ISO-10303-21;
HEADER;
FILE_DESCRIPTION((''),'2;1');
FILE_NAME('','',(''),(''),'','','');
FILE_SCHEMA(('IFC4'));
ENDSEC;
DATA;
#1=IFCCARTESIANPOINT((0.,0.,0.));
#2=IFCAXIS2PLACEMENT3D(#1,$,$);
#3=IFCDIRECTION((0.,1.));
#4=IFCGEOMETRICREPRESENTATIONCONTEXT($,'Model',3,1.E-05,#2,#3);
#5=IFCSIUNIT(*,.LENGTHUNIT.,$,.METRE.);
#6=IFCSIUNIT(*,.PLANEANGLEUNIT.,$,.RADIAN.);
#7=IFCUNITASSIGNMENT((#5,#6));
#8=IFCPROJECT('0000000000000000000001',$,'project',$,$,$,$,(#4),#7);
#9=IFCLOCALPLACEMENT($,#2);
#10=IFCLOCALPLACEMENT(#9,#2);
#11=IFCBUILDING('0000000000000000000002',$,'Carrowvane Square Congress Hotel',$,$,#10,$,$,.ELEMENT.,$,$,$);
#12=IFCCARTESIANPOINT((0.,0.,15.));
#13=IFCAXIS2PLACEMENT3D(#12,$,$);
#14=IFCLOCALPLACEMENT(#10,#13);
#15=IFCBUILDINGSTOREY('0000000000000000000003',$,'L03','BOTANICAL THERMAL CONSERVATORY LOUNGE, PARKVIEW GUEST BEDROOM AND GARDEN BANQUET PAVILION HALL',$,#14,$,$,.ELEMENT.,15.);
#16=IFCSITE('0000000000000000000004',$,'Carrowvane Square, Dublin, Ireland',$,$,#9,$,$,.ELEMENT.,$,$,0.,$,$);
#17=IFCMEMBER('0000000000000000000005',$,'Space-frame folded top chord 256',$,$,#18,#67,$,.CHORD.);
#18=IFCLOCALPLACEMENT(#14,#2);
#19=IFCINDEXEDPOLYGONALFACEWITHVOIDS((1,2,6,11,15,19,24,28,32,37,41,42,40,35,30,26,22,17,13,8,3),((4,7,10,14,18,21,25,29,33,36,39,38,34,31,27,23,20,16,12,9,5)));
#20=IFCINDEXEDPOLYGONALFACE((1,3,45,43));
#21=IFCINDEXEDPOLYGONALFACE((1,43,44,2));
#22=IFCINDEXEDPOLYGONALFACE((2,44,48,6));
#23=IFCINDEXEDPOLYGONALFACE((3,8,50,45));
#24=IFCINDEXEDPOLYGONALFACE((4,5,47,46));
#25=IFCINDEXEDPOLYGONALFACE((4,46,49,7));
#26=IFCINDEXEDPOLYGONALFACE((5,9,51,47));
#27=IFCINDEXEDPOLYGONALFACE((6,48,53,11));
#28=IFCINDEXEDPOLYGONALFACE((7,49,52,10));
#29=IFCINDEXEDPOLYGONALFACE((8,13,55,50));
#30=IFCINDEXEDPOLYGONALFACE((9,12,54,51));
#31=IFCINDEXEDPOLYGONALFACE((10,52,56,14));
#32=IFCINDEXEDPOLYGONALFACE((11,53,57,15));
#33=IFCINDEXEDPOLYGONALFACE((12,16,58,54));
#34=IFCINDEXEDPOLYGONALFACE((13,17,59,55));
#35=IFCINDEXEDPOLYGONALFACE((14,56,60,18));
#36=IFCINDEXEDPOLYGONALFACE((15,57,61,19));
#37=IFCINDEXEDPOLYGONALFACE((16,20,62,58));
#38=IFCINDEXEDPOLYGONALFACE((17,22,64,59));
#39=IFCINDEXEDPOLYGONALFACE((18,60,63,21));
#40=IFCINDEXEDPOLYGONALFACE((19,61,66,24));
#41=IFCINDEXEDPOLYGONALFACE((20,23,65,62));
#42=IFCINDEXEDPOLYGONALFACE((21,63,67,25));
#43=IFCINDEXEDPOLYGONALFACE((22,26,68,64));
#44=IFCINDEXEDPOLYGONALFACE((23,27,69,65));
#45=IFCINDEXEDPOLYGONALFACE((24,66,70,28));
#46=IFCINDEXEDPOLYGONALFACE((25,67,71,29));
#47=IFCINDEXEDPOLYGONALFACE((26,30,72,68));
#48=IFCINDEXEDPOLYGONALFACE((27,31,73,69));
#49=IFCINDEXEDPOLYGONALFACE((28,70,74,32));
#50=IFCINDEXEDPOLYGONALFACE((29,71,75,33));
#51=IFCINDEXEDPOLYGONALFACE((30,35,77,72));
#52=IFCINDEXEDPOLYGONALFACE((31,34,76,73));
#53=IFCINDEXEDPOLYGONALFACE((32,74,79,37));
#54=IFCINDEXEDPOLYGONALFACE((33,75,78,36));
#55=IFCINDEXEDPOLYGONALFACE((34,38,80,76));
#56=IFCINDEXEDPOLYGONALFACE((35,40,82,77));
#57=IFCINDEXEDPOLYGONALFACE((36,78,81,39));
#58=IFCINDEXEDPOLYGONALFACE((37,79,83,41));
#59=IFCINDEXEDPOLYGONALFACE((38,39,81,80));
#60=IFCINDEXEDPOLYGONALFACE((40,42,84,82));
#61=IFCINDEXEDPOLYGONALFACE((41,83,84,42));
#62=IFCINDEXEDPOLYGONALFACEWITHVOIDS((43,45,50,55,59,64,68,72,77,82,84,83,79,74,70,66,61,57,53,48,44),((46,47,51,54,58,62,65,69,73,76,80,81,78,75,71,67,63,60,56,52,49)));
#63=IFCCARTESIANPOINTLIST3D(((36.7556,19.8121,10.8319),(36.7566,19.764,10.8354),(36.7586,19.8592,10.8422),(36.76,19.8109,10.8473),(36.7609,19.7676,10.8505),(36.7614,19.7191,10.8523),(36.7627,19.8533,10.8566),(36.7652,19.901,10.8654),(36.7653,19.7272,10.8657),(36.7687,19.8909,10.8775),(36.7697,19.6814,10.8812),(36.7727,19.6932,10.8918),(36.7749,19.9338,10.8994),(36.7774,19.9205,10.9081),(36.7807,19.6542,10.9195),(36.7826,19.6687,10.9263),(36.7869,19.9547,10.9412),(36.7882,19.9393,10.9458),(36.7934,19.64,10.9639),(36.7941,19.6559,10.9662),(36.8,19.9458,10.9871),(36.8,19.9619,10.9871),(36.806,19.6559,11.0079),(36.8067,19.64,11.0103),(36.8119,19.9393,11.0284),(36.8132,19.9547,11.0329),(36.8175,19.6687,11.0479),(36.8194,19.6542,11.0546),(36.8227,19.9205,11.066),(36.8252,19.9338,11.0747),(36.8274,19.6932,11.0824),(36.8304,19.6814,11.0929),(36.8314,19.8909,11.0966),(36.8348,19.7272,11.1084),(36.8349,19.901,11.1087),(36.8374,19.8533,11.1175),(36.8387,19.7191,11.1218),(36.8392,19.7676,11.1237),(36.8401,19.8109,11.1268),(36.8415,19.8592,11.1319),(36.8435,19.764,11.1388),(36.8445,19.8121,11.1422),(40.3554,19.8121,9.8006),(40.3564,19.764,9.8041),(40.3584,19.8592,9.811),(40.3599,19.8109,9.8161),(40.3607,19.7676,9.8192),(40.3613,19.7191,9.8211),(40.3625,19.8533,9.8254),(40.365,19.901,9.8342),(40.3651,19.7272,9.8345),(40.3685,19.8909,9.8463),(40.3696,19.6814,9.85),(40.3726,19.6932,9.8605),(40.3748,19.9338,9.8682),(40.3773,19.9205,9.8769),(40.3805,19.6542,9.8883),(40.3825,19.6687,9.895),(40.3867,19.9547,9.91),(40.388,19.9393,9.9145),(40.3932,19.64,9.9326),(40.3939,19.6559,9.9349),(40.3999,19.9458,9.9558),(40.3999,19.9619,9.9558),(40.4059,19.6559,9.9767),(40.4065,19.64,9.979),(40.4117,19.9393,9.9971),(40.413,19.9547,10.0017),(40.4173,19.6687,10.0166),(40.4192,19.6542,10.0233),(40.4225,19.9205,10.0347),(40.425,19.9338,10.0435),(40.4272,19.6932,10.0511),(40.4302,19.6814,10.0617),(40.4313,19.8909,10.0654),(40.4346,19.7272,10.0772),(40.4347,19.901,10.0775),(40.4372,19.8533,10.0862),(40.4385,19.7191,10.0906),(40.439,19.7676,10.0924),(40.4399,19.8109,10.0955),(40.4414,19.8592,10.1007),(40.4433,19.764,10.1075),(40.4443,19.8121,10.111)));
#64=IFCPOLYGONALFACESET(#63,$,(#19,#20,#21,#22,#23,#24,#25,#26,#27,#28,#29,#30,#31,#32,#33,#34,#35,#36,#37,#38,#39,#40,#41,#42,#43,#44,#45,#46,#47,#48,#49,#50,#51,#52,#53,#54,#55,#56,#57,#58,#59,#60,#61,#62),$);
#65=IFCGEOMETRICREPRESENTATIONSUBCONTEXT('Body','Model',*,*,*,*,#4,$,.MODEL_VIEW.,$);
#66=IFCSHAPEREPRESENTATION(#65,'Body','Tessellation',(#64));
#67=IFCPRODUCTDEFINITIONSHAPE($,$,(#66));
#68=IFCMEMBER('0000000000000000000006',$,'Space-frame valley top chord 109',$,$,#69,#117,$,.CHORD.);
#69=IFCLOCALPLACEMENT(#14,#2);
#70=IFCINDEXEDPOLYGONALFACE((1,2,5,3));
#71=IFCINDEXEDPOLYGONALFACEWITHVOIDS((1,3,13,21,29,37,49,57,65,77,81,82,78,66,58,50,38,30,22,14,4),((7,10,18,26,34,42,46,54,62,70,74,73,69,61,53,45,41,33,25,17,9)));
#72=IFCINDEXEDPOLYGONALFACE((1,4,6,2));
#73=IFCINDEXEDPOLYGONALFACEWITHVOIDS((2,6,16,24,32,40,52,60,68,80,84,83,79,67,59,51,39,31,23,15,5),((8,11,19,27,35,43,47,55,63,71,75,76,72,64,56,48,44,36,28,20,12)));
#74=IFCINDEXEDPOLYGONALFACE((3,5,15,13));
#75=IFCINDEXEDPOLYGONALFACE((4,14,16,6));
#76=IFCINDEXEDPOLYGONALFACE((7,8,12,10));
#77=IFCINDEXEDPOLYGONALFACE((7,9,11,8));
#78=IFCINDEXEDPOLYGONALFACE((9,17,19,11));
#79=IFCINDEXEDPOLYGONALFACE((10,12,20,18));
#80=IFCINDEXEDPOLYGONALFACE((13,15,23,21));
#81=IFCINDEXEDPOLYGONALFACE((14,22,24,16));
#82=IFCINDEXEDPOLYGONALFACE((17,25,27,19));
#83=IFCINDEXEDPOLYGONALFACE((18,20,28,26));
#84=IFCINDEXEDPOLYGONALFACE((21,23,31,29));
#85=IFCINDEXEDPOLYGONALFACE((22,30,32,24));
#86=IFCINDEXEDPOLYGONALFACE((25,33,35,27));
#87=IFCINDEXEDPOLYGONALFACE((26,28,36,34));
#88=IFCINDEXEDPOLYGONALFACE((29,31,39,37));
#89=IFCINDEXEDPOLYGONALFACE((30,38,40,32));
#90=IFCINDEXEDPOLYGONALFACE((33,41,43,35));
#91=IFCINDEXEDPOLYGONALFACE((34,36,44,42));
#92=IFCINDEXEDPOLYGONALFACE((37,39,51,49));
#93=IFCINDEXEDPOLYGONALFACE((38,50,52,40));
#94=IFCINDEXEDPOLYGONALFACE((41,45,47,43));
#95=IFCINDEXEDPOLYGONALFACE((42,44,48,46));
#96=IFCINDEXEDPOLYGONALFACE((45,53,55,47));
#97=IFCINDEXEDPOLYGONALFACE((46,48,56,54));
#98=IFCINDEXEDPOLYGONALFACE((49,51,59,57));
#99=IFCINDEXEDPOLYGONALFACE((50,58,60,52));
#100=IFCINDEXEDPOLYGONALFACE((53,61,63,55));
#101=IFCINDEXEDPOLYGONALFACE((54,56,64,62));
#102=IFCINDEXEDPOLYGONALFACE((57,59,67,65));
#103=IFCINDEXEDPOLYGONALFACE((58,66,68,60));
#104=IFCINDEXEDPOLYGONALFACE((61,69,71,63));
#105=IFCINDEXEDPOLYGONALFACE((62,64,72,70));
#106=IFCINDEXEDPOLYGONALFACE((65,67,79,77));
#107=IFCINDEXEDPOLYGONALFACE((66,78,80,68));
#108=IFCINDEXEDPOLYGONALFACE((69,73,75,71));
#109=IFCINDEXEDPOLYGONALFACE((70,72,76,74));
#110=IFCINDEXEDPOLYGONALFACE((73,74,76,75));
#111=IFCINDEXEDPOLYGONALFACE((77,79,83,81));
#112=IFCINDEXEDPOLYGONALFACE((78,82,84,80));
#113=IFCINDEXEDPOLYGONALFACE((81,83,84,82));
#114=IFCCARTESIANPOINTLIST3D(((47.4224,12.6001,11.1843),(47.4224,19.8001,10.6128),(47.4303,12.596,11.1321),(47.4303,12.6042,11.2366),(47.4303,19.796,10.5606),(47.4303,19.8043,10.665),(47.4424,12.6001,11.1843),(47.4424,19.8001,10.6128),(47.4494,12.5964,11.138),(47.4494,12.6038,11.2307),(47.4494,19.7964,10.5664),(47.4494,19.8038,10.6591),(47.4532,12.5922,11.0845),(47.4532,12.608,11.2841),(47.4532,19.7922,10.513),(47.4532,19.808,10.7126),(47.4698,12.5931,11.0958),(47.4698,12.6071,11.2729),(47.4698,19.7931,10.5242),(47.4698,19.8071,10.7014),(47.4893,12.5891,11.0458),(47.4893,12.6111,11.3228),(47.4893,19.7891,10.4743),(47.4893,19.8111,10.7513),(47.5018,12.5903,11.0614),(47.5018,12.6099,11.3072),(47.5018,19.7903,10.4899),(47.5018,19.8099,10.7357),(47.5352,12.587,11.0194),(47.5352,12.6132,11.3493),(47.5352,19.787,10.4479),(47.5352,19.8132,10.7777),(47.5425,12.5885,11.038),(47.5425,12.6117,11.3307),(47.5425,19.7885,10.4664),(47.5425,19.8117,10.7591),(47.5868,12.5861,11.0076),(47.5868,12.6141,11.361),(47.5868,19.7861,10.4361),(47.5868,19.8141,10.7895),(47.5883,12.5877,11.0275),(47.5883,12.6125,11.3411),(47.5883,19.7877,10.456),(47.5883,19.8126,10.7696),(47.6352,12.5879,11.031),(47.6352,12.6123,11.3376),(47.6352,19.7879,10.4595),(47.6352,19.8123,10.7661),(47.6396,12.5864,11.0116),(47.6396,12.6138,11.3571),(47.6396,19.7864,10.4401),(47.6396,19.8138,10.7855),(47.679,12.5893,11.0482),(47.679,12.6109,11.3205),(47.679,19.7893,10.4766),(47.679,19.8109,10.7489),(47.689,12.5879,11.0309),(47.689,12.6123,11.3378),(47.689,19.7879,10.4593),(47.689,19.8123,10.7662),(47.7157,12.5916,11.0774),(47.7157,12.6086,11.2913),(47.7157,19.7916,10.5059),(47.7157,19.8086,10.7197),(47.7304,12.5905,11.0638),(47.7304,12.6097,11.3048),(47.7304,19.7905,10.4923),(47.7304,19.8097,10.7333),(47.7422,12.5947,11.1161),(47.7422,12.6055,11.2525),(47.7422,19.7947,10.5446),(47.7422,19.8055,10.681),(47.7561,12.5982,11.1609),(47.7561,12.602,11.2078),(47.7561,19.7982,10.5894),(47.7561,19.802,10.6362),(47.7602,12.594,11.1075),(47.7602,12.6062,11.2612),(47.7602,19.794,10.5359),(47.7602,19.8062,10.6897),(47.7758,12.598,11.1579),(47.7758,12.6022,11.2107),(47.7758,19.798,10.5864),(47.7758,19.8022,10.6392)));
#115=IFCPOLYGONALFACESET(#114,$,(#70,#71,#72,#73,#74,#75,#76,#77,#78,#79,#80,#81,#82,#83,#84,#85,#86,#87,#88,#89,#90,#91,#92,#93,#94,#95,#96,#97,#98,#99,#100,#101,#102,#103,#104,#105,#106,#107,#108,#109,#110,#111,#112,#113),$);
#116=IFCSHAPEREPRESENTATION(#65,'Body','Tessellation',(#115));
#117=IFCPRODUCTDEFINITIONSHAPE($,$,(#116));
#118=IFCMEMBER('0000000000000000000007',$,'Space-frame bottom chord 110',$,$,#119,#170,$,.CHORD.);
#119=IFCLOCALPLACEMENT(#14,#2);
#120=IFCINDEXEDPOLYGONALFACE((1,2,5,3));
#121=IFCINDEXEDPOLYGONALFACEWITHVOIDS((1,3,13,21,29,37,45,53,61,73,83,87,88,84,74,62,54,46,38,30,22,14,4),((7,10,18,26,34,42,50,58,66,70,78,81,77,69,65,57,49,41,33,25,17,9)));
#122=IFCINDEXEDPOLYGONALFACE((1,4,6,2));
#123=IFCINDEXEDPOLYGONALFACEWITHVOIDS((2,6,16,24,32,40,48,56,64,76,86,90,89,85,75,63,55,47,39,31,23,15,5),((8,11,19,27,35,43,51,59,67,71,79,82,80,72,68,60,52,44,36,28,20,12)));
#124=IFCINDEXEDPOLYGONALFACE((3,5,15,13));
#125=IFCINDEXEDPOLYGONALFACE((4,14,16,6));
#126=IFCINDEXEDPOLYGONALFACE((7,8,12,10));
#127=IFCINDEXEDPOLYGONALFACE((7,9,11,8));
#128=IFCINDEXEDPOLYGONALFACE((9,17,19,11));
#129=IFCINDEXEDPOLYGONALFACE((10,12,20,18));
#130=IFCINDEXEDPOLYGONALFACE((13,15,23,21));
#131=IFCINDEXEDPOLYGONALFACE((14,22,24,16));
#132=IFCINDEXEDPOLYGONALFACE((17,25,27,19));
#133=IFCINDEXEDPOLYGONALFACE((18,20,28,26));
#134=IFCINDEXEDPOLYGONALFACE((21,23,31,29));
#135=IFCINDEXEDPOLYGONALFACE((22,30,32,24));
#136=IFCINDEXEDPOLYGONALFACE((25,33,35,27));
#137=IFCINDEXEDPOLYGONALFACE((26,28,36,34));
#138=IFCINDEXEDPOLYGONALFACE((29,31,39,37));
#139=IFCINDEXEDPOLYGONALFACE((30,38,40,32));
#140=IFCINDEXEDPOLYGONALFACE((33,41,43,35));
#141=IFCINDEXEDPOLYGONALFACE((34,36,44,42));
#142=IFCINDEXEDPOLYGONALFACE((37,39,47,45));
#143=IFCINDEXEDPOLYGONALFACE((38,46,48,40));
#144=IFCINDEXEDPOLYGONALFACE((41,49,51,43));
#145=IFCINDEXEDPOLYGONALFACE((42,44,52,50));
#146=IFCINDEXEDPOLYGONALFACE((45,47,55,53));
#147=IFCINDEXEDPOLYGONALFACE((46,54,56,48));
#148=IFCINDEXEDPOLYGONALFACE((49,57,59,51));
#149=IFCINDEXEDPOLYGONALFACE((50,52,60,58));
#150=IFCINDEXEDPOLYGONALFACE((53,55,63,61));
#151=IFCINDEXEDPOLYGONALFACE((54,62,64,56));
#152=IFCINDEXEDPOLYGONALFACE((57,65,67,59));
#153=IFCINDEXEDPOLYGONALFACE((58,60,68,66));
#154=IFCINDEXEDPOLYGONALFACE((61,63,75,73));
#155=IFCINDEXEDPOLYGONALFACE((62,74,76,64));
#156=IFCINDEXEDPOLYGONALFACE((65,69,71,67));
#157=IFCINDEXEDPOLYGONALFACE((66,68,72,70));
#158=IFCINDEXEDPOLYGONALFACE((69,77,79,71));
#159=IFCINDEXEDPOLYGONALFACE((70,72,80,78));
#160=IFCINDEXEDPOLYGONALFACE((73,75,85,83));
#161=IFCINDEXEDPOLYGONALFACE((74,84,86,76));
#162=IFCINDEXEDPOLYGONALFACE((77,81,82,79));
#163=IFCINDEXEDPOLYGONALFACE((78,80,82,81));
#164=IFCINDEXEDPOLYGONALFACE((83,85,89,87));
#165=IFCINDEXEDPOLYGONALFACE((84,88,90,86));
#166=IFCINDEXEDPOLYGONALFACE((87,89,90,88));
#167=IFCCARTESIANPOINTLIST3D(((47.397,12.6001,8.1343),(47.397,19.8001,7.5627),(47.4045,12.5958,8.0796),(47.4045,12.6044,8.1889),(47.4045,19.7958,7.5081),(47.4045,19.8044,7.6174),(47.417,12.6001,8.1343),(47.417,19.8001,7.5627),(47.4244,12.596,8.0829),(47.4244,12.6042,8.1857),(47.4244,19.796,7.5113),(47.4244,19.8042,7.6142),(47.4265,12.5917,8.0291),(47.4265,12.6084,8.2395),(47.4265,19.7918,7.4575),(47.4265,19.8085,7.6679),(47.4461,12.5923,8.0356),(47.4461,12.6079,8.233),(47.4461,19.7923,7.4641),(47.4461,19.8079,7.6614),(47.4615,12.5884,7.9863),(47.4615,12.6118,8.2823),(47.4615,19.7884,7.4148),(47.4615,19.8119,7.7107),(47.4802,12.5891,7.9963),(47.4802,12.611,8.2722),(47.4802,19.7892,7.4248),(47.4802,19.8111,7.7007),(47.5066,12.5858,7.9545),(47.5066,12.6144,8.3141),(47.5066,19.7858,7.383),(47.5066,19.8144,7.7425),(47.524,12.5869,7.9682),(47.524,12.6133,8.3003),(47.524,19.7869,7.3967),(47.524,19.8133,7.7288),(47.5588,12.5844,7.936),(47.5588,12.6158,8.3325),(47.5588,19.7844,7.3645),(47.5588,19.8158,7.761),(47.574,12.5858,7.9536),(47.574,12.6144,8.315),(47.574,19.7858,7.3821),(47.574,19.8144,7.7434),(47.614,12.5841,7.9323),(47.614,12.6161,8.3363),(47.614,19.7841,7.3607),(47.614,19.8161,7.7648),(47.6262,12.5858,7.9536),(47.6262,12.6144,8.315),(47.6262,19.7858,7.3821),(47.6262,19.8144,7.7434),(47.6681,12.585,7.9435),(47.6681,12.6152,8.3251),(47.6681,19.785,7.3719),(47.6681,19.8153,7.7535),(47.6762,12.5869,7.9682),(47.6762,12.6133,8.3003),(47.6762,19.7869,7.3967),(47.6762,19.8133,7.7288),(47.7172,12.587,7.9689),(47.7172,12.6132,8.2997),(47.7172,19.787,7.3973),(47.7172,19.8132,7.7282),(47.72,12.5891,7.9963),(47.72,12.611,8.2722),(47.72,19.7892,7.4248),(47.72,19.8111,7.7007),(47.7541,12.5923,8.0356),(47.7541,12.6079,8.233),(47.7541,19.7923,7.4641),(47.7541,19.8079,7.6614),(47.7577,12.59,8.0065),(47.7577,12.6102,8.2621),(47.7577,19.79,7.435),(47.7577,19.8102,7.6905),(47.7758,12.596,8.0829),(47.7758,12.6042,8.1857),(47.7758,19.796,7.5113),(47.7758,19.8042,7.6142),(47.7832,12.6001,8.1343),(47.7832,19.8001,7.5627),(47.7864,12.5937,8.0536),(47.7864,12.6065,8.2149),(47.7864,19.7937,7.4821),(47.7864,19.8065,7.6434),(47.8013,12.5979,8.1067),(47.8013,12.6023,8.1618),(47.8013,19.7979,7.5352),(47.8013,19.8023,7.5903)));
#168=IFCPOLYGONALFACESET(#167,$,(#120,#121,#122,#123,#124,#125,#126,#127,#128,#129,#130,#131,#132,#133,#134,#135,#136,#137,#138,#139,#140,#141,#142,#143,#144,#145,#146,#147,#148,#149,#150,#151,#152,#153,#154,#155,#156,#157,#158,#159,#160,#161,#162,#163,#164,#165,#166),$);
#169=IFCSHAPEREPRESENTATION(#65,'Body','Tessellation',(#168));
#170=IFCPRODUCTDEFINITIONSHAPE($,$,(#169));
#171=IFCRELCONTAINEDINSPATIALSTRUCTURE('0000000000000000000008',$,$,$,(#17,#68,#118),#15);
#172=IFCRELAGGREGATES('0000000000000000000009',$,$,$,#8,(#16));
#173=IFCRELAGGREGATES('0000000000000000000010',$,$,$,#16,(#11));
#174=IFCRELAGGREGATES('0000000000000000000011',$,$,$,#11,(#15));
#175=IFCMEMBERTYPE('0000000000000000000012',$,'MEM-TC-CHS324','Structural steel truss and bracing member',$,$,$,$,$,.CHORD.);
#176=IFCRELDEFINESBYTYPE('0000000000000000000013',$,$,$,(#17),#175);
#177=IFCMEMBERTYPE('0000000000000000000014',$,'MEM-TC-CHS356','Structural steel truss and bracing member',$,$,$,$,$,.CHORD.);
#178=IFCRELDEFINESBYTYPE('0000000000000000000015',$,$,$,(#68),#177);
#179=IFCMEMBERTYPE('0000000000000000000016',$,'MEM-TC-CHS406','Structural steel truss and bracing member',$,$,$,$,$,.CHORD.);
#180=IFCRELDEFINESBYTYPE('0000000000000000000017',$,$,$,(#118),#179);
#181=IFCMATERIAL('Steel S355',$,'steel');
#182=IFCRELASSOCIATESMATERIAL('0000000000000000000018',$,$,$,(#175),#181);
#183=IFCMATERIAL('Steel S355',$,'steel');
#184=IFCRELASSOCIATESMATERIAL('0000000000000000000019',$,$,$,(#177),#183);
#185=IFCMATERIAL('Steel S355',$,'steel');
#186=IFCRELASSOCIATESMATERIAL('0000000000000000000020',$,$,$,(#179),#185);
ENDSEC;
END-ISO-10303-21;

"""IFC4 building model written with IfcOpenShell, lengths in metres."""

from ifc_helpers import new_model, si_unit, direction, frame, origin, origin_2d, place, context, subcontext, project, spatial, hollow_circle, extrude, material, material_profile, profile_set, type_object, element, save


model = new_model("IFC4")

# Units and contexts
model_context = context("Model", 3, precision=1e-05, world=origin(), true_north=direction((0.0, 1.0)))
body_context = subcontext(model_context, "Body", "Model", "MODEL_VIEW")
ifc_project = project(units=[si_unit("LENGTHUNIT", "METRE"), si_unit("PLANEANGLEUNIT", "RADIAN")], contexts=[model_context])

# Site, building, storey
site_placement = place(None, origin())
site = spatial("IfcSite", under=ifc_project, at=site_placement, Name="Carrowvane Square, Dublin, Ireland", CompositionType="ELEMENT", RefElevation=0.0)
building_placement = place(site_placement, origin())
building = spatial("IfcBuilding", under=site, at=building_placement, Name="Carrowvane Square Congress Hotel", CompositionType="ELEMENT")
storey_placement = place(building_placement, frame((0.0, 0.0, 15.0)))
storey = spatial("IfcBuildingStorey", under=building, at=storey_placement, Name="L03", Description="BOTANICAL THERMAL CONSERVATORY LOUNGE, PARKVIEW GUEST BEDROOM AND GARDEN BANQUET PAVILION HALL", CompositionType="ELEMENT", Elevation=15.0)

# Members
ifc_material_1 = material(Name="Steel S355", Category="steel")
ifc_material_profile_1 = material_profile(ifc_material_1, hollow_circle(Radius=0.1619, WallThickness=0.0161, at=origin_2d()), Name="CHS 323.9x16")
ifc_profile_set_1 = profile_set([ifc_material_profile_1], Name="Steel S355")
member_type_1 = type_object("IfcMemberType", Name="MEM-TC-CHS324", Description="Structural steel truss and bracing member", PredefinedType="CHORD", material=ifc_profile_set_1)
member_1_placement = place(storey_placement, frame((36.8, 19.8, 10.9871), z_axis=(0.961332, 0.0, -0.275393), x_axis=(0.0, 1.0, 0.0)))
element("IfcMember", 1, at=member_1_placement, inside=storey, type_object=member_type_1, Name="Space-frame folded top chord 256", PredefinedType="CHORD", context=body_context, shape_type="SweptSolid", body=[
    extrude(hollow_circle(Radius=0.1619, WallThickness=0.0161, at=origin_2d()), origin(), (0.0, 0.0, 1.0), 3.7446),
])
ifc_material_2 = material(Name="Steel S355", Category="steel")
ifc_material_profile_2 = material_profile(ifc_material_2, hollow_circle(Radius=0.1777, WallThickness=0.02, at=origin_2d()), Name="CHS 355.6x20")
ifc_profile_set_2 = profile_set([ifc_material_profile_2], Name="Steel S355")
member_type_2 = type_object("IfcMemberType", Name="MEM-TC-CHS356", Description="Structural steel truss and bracing member", PredefinedType="CHORD", material=ifc_profile_set_2)
member_2_placement = place(storey_placement, frame((47.6001, 12.6001, 11.1843), z_axis=(0.0, 0.996864, -0.079131), x_axis=(-1.0, 0.0, 0.0)))
element("IfcMember", 2, at=member_2_placement, inside=storey, type_object=member_type_2, Name="Space-frame valley top chord 109", PredefinedType="CHORD", context=body_context, shape_type="SweptSolid", body=[
    extrude(hollow_circle(Radius=0.1777, WallThickness=0.02, at=origin_2d()), origin(), (0.0, 0.0, 1.0), 7.2227),
])
ifc_material_3 = material(Name="Steel S355", Category="steel")
ifc_material_profile_3 = material_profile(ifc_material_3, hollow_circle(Radius=0.2031, WallThickness=0.02, at=origin_2d()), Name="CHS 406.4x20")
ifc_profile_set_3 = profile_set([ifc_material_profile_3], Name="Steel S355")
member_type_3 = type_object("IfcMemberType", Name="MEM-TC-CHS406", Description="Structural steel truss and bracing member", PredefinedType="CHORD", material=ifc_profile_set_3)
member_3_placement = place(storey_placement, frame((47.6001, 12.6001, 8.1343), z_axis=(0.0, 0.996864, -0.079131), x_axis=(-1.0, 0.0, 0.0)))
element("IfcMember", 3, at=member_3_placement, inside=storey, type_object=member_type_3, Name="Space-frame bottom chord 110", PredefinedType="CHORD", context=body_context, shape_type="SweptSolid", body=[
    extrude(hollow_circle(Radius=0.2031, WallThickness=0.02, at=origin_2d()), origin(), (0.0, 0.0, 1.0), 7.2227),
])

save(model, "model.ifc")
